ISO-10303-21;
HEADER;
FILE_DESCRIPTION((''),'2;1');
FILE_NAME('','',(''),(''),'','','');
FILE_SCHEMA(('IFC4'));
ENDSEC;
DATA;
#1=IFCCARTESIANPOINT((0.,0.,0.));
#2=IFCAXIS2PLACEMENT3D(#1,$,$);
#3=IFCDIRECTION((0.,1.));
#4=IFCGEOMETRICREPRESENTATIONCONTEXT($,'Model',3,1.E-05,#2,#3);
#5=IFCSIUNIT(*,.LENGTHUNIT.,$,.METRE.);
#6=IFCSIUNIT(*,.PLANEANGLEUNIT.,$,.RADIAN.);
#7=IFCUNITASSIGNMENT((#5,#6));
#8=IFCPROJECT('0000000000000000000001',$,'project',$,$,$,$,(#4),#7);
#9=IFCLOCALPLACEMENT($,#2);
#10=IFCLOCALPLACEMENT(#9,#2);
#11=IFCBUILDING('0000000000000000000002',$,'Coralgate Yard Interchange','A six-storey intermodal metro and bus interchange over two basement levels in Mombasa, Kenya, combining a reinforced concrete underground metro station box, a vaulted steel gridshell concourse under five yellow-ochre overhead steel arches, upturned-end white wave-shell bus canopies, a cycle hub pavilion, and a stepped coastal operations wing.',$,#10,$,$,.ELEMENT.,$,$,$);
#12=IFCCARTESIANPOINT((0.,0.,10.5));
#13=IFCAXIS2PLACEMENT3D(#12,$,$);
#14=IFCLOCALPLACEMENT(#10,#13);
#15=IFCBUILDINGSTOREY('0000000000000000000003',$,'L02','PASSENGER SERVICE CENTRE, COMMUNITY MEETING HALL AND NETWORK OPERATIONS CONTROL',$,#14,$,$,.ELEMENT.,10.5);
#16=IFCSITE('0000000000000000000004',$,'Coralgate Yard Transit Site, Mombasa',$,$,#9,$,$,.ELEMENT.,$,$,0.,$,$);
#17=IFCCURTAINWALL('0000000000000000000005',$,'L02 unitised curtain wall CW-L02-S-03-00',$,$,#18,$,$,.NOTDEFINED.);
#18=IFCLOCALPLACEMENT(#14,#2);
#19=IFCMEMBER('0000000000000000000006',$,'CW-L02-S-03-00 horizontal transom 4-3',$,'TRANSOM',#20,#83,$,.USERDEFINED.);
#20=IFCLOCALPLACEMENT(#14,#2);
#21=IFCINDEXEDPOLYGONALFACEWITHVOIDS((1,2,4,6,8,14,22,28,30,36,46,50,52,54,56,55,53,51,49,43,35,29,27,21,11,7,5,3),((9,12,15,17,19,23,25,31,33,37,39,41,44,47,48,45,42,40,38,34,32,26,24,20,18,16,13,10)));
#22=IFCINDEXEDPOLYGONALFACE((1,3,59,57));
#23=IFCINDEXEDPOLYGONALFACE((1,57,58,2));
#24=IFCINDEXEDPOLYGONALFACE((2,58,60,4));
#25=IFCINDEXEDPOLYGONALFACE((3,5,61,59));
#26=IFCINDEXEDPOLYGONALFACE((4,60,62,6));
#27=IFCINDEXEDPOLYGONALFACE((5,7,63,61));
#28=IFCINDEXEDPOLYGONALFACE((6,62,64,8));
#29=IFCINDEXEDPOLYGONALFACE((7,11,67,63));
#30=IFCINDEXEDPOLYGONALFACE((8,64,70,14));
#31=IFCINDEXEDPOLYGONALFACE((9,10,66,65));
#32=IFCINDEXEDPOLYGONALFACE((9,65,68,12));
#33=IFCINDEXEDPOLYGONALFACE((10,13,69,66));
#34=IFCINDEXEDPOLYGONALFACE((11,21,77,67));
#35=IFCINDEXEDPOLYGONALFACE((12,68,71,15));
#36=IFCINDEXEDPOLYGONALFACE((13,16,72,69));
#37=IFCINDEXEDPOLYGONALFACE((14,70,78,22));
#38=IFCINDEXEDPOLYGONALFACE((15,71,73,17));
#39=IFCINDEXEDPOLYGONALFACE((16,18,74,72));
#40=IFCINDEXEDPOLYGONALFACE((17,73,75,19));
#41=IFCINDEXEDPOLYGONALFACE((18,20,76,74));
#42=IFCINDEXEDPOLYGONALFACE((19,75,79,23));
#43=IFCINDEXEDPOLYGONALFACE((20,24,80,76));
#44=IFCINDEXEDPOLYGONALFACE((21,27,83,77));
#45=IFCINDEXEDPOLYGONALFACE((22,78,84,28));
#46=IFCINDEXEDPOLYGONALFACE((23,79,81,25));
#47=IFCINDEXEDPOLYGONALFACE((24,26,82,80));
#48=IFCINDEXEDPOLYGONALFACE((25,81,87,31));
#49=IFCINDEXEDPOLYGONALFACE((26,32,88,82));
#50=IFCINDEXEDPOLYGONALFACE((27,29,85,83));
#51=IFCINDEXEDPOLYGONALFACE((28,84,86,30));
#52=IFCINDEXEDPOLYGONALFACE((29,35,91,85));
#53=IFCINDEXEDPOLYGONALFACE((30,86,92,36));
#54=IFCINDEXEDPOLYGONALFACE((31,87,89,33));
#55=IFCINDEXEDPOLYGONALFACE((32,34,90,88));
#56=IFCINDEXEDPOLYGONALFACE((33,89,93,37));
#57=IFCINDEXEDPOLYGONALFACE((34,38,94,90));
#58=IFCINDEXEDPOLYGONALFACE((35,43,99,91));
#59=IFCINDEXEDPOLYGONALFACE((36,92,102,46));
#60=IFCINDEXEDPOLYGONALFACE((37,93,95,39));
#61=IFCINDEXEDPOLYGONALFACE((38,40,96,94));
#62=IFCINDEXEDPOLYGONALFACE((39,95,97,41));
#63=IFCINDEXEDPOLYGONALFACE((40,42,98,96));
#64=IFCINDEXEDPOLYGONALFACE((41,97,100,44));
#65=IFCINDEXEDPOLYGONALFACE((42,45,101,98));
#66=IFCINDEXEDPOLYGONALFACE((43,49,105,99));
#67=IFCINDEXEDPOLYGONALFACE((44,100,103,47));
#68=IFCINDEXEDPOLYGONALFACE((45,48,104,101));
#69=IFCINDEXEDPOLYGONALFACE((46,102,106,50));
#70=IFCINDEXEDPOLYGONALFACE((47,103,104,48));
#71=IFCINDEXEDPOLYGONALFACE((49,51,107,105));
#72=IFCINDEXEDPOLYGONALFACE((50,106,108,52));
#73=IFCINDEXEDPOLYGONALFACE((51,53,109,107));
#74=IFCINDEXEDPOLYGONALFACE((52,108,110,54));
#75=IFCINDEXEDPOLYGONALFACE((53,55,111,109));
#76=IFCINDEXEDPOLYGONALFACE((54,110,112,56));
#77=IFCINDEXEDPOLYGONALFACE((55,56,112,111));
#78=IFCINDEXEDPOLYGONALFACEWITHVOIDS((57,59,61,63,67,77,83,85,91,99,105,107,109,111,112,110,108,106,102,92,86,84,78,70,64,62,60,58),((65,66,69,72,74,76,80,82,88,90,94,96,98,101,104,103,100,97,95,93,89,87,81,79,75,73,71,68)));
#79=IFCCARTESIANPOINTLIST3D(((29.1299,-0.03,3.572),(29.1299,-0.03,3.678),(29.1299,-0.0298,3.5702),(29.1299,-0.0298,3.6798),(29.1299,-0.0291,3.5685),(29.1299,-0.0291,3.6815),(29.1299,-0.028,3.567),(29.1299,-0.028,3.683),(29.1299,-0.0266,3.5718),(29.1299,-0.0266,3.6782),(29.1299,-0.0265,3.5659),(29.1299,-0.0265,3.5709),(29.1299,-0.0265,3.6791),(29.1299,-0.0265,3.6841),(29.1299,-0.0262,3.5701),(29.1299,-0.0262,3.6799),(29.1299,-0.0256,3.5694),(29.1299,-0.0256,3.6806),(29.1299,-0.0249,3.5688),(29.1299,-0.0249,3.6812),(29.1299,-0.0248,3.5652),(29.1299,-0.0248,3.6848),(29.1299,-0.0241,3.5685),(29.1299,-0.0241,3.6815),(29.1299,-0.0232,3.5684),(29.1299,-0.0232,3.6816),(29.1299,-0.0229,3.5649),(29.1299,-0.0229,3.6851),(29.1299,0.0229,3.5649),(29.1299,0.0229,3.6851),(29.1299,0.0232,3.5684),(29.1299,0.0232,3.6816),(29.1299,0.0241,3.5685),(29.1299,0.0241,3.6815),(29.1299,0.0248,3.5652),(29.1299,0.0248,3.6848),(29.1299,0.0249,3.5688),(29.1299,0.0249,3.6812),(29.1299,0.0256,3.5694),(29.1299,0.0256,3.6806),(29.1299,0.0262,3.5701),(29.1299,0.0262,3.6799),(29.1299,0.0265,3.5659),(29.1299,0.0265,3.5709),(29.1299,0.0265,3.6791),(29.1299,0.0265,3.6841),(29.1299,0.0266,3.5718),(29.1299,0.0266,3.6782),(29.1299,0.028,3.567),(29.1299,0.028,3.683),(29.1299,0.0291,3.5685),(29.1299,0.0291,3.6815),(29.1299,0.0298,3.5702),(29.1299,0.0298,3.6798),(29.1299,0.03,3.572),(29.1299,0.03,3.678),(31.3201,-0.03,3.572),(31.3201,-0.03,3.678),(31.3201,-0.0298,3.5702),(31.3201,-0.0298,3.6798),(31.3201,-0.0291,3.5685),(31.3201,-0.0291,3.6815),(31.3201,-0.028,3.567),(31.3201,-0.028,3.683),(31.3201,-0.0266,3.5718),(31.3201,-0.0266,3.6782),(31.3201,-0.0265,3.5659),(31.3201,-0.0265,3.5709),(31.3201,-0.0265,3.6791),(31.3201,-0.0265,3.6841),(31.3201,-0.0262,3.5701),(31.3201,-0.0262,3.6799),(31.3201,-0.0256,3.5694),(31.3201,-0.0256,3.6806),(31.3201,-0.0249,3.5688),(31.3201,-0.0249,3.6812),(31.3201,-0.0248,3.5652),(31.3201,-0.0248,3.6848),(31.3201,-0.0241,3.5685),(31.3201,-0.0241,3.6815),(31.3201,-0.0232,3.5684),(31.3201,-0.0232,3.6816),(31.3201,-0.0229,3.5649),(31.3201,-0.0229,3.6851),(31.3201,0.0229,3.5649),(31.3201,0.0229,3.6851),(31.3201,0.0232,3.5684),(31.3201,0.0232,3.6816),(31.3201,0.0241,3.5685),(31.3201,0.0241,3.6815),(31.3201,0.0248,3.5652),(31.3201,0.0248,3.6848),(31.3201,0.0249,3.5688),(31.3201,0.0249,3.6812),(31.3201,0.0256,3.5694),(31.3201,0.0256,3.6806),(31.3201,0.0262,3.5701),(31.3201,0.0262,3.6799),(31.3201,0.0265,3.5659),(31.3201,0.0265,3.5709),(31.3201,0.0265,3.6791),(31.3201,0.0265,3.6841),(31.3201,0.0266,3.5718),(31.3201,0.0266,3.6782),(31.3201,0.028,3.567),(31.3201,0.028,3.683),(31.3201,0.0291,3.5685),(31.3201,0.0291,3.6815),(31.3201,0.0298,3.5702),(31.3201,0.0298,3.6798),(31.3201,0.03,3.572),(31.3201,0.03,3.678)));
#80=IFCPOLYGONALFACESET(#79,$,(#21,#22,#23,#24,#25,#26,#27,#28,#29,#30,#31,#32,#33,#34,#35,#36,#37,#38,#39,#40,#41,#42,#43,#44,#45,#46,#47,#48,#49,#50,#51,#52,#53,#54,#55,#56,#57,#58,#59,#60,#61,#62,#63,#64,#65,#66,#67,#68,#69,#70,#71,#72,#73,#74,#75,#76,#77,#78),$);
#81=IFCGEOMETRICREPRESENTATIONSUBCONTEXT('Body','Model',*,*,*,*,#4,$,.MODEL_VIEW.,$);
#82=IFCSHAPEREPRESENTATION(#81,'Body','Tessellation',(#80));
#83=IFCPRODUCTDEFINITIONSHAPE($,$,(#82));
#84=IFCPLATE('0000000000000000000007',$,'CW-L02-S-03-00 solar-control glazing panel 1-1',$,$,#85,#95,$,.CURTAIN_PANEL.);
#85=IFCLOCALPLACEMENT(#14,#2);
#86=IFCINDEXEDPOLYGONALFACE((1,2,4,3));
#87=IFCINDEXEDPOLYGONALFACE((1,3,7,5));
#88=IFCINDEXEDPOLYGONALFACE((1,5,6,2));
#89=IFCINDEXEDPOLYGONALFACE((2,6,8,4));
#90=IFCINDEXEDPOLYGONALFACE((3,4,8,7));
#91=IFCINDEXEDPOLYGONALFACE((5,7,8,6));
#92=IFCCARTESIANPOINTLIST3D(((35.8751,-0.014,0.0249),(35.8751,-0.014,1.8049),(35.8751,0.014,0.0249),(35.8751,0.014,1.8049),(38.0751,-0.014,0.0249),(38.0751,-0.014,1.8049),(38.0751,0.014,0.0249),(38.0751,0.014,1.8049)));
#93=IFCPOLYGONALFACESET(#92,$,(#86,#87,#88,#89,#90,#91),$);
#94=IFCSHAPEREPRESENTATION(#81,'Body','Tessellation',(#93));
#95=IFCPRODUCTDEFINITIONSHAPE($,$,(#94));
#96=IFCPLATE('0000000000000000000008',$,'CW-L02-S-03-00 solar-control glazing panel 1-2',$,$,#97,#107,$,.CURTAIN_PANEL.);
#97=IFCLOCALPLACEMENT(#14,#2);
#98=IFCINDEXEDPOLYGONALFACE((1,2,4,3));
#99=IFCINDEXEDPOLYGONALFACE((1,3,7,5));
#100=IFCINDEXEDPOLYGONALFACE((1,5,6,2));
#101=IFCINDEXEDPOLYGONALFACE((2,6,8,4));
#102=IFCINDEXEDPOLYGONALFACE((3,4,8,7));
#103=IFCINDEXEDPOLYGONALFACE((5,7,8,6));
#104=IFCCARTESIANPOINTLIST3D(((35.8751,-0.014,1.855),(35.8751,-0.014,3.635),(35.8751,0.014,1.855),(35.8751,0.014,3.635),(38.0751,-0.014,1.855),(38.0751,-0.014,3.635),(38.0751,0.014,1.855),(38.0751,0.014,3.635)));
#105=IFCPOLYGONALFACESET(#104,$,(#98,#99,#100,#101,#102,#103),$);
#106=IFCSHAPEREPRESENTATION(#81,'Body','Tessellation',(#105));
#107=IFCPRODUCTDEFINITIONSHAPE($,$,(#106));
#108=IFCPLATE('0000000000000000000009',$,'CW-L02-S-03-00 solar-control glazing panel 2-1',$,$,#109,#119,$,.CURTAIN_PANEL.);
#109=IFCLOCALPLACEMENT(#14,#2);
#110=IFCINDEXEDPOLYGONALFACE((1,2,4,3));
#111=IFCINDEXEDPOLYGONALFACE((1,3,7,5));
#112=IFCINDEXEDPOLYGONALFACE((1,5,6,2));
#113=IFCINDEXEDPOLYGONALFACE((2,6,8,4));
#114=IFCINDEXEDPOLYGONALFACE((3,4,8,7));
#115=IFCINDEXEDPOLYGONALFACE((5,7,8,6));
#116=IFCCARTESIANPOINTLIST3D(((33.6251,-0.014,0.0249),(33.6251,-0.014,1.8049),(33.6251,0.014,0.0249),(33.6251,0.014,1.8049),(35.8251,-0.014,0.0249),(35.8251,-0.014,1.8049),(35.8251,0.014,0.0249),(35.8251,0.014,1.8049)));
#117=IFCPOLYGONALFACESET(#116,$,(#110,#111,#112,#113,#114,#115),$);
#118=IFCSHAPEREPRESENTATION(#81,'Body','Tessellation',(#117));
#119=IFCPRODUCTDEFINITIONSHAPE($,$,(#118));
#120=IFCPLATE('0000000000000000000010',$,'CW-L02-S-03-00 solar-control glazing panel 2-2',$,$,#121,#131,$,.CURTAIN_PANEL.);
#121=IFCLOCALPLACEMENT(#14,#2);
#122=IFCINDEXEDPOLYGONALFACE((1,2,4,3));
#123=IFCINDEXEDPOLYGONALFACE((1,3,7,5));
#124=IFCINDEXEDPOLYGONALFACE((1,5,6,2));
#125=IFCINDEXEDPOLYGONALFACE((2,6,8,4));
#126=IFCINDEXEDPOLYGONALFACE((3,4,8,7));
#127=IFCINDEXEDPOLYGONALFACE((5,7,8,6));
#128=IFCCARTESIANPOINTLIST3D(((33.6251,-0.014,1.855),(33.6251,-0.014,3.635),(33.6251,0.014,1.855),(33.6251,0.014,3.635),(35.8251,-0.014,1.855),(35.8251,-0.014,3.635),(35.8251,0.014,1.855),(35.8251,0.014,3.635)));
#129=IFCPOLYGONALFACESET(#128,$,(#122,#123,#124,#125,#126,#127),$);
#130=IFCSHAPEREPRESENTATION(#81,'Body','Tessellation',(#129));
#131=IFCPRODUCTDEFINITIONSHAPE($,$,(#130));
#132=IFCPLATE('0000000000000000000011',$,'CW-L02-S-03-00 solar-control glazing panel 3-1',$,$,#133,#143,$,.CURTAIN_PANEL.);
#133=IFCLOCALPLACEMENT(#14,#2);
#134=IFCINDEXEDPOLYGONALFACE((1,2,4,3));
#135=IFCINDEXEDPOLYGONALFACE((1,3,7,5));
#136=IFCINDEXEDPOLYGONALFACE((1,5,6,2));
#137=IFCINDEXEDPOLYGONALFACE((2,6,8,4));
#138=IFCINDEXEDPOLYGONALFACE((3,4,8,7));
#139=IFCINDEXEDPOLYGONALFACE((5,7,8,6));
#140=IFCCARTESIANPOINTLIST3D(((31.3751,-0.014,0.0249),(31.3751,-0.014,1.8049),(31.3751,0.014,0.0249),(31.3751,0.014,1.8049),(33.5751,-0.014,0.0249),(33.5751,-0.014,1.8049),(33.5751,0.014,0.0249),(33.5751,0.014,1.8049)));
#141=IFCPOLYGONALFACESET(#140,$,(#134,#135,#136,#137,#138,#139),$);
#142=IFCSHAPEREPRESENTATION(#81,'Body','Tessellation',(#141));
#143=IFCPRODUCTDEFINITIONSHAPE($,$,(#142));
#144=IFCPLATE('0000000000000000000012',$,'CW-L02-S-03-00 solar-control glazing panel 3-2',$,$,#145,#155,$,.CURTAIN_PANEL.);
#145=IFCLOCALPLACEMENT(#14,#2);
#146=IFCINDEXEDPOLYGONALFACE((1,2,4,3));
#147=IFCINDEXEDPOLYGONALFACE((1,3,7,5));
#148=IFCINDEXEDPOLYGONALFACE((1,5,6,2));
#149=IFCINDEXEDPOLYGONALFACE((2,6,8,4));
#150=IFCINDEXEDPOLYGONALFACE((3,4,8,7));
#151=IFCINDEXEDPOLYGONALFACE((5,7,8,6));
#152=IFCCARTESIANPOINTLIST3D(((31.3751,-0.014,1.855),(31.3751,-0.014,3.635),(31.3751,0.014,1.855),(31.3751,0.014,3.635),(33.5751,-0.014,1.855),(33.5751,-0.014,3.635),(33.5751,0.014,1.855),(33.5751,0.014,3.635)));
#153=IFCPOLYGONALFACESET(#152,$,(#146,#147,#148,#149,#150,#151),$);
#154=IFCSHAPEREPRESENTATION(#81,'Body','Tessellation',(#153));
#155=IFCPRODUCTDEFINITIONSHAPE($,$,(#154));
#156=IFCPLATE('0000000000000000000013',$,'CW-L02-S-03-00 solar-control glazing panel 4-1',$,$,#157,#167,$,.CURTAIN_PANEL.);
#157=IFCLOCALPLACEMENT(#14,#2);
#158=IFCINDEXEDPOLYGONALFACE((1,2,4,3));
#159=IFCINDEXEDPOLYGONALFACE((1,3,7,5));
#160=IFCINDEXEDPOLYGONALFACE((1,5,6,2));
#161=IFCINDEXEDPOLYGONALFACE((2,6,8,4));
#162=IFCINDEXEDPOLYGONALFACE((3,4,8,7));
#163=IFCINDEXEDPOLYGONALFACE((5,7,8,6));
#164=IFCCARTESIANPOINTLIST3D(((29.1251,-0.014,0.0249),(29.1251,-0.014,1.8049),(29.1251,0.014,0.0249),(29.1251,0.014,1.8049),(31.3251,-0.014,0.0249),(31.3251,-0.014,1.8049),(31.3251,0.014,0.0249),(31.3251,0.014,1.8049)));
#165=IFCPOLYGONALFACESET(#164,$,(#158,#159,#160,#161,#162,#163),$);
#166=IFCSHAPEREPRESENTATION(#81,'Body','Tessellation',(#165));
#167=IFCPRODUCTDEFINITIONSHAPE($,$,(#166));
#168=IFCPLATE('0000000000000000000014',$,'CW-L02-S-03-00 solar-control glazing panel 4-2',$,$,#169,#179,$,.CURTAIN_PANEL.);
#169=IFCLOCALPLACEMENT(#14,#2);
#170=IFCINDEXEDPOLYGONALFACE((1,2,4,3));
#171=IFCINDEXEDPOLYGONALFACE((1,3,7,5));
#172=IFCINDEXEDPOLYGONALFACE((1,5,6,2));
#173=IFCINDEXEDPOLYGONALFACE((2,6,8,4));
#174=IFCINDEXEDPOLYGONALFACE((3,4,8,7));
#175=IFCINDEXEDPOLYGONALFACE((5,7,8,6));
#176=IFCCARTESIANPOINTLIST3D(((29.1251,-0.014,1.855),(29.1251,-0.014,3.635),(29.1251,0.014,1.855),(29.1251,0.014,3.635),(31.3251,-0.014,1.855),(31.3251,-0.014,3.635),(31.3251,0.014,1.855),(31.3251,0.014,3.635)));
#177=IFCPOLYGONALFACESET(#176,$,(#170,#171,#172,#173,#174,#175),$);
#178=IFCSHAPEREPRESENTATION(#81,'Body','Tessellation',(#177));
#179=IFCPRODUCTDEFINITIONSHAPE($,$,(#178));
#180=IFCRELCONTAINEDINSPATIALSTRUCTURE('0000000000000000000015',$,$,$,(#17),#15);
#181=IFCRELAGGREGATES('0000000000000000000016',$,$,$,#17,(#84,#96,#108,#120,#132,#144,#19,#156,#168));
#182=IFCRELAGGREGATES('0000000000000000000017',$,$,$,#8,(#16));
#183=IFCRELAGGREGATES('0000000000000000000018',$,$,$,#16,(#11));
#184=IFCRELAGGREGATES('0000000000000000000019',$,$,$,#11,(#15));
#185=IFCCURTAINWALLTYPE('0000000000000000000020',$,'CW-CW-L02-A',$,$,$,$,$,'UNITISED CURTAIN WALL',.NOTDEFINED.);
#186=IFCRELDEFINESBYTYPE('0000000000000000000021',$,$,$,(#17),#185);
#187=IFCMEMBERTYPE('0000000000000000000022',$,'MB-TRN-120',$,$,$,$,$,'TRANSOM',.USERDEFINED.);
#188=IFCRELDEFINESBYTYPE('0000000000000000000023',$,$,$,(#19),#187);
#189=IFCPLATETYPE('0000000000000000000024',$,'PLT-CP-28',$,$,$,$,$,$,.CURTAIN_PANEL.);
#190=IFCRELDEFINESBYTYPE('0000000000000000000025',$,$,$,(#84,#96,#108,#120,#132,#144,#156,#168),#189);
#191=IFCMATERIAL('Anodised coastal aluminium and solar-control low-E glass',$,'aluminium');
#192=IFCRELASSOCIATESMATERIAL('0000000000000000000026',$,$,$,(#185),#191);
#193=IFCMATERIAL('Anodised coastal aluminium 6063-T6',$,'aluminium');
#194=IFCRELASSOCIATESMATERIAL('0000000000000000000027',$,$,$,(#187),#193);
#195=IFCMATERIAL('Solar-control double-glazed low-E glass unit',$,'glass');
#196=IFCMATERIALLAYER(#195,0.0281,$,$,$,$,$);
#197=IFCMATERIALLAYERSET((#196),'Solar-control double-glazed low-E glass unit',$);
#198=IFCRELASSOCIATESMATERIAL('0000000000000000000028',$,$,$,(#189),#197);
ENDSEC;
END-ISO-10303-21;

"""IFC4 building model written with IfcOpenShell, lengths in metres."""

from ifc_helpers import new_model, si_unit, direction, frame, origin, origin_2d, place, context, subcontext, project, spatial, rectangle, hollow_rectangle, extrude, material, layer, layer_set, material_profile, profile_set, type_object, element, aggregate, save


model = new_model("IFC4")

# Units and contexts
model_context = context("Model", 3, precision=1e-05, world=origin(), true_north=direction((0.0, 1.0)))
body_context = subcontext(model_context, "Body", "Model", "MODEL_VIEW")
ifc_project = project(units=[si_unit("LENGTHUNIT", "METRE"), si_unit("PLANEANGLEUNIT", "RADIAN")], contexts=[model_context])

# Site, building, storey
site_placement = place(None, origin())
site = spatial("IfcSite", under=ifc_project, at=site_placement, Name="Coralgate Yard Transit Site, Mombasa", CompositionType="ELEMENT", RefElevation=0.0)
building_placement = place(site_placement, origin())
building = spatial("IfcBuilding", under=site, at=building_placement, Name="Coralgate Yard Interchange", Description="A six-storey intermodal metro and bus interchange over two basement levels in Mombasa, Kenya, combining a reinforced concrete underground metro station box, a vaulted steel gridshell concourse under five yellow-ochre overhead steel arches, upturned-end white wave-shell bus canopies, a cycle hub pavilion, and a stepped coastal operations wing.", CompositionType="ELEMENT")
storey_placement = place(building_placement, frame((0.0, 0.0, 10.5)))
storey = spatial("IfcBuildingStorey", under=building, at=storey_placement, Name="L02", Description="PASSENGER SERVICE CENTRE, COMMUNITY MEETING HALL AND NETWORK OPERATIONS CONTROL", CompositionType="ELEMENT", Elevation=10.5)

# Curtain wall, member, plates
ifc_material_1 = material(Name="Anodised coastal aluminium and solar-control low-E glass", Category="aluminium")
curtain_wall_type = type_object("IfcCurtainWallType", Name="CW-CW-L02-A", ElementType="UNITISED CURTAIN WALL", PredefinedType="NOTDEFINED", material=ifc_material_1)
curtain_wall_placement = place(storey_placement, origin())
curtain_wall = element("IfcCurtainWall", 1, at=curtain_wall_placement, inside=storey, type_object=curtain_wall_type, Name="L02 unitised curtain wall CW-L02-S-03-00", PredefinedType="NOTDEFINED")
ifc_material_2 = material(Name="Anodised coastal aluminium 6063-T6", Category="aluminium")
ifc_material_profile_1 = material_profile(ifc_material_2, hollow_rectangle(XDim=0.0601, YDim=0.1201, WallThickness=0.0034, InnerFilletRadius=0.0034, OuterFilletRadius=0.0071, at=origin_2d()), Name="ALU 60x120x3.5")
ifc_profile_set_1 = profile_set([ifc_material_profile_1], Name="Anodised coastal aluminium 6063-T6")
member_type_1 = type_object("IfcMemberType", Name="MB-TRN-120", ElementType="TRANSOM", PredefinedType="USERDEFINED", material=ifc_profile_set_1)
member_1_placement = place(storey_placement, frame((31.3201, 0.0, 3.625), z_axis=(-1.0, 0.0, 0.0), x_axis=(0.0, -1.0, 0.0)))
member_1 = element("IfcMember", 2, at=member_1_placement, type_object=member_type_1, Name="CW-L02-S-03-00 horizontal transom 4-3", ObjectType="TRANSOM", PredefinedType="USERDEFINED", context=body_context, shape_type="SweptSolid", body=[
    extrude(hollow_rectangle(XDim=0.0601, YDim=0.1201, WallThickness=0.0034, InnerFilletRadius=0.0034, OuterFilletRadius=0.0071, at=origin_2d()), origin(), (0.0, 0.0, 1.0), 2.1902),
])
ifc_material_3 = material(Name="Solar-control double-glazed low-E glass unit", Category="glass")
ifc_layer_1 = layer(ifc_material_3, 0.0281)
ifc_layer_set_1 = layer_set([ifc_layer_1], Name="Solar-control double-glazed low-E glass unit")
plate_type = type_object("IfcPlateType", Name="PLT-CP-28", PredefinedType="CURTAIN_PANEL", material=ifc_layer_set_1)
plate_1_placement = place(storey_placement, frame((36.9751, 0.0, 0.0249), z_axis=(0.0, 0.0, 1.0), x_axis=(-1.0, 0.0, 0.0)))
plate_1 = element("IfcPlate", 3, at=plate_1_placement, type_object=plate_type, Name="CW-L02-S-03-00 solar-control glazing panel 1-1", PredefinedType="CURTAIN_PANEL", context=body_context, shape_type="SweptSolid", body=[
    extrude(rectangle(XDim=2.2, YDim=0.0281, at=origin_2d()), origin(), (0.0, 0.0, 1.0), 1.78),
])
plate_2_placement = place(storey_placement, frame((36.9751, 0.0, 1.855), z_axis=(0.0, 0.0, 1.0), x_axis=(-1.0, 0.0, 0.0)))
plate_2 = element("IfcPlate", 4, at=plate_2_placement, type_object=plate_type, Name="CW-L02-S-03-00 solar-control glazing panel 1-2", PredefinedType="CURTAIN_PANEL", context=body_context, shape_type="SweptSolid", body=[
    extrude(rectangle(XDim=2.2, YDim=0.0281, at=origin_2d()), origin(), (0.0, 0.0, 1.0), 1.78),
])
plate_3_placement = place(storey_placement, frame((34.7251, 0.0, 0.0249), z_axis=(0.0, 0.0, 1.0), x_axis=(-1.0, 0.0, 0.0)))
plate_3 = element("IfcPlate", 5, at=plate_3_placement, type_object=plate_type, Name="CW-L02-S-03-00 solar-control glazing panel 2-1", PredefinedType="CURTAIN_PANEL", context=body_context, shape_type="SweptSolid", body=[
    extrude(rectangle(XDim=2.2, YDim=0.0281, at=origin_2d()), origin(), (0.0, 0.0, 1.0), 1.78),
])
plate_4_placement = place(storey_placement, frame((34.7251, 0.0, 1.855), z_axis=(0.0, 0.0, 1.0), x_axis=(-1.0, 0.0, 0.0)))
plate_4 = element("IfcPlate", 6, at=plate_4_placement, type_object=plate_type, Name="CW-L02-S-03-00 solar-control glazing panel 2-2", PredefinedType="CURTAIN_PANEL", context=body_context, shape_type="SweptSolid", body=[
    extrude(rectangle(XDim=2.2, YDim=0.0281, at=origin_2d()), origin(), (0.0, 0.0, 1.0), 1.78),
])
plate_5_placement = place(storey_placement, frame((32.4751, 0.0, 0.0249), z_axis=(0.0, 0.0, 1.0), x_axis=(-1.0, 0.0, 0.0)))
plate_5 = element("IfcPlate", 7, at=plate_5_placement, type_object=plate_type, Name="CW-L02-S-03-00 solar-control glazing panel 3-1", PredefinedType="CURTAIN_PANEL", context=body_context, shape_type="SweptSolid", body=[
    extrude(rectangle(XDim=2.2, YDim=0.0281, at=origin_2d()), origin(), (0.0, 0.0, 1.0), 1.78),
])
plate_6_placement = place(storey_placement, frame((32.4751, 0.0, 1.855), z_axis=(0.0, 0.0, 1.0), x_axis=(-1.0, 0.0, 0.0)))
plate_6 = element("IfcPlate", 8, at=plate_6_placement, type_object=plate_type, Name="CW-L02-S-03-00 solar-control glazing panel 3-2", PredefinedType="CURTAIN_PANEL", context=body_context, shape_type="SweptSolid", body=[
    extrude(rectangle(XDim=2.2, YDim=0.0281, at=origin_2d()), origin(), (0.0, 0.0, 1.0), 1.78),
])
plate_7_placement = place(storey_placement, frame((30.2251, 0.0, 0.0249), z_axis=(0.0, 0.0, 1.0), x_axis=(-1.0, 0.0, 0.0)))
plate_7 = element("IfcPlate", 9, at=plate_7_placement, type_object=plate_type, Name="CW-L02-S-03-00 solar-control glazing panel 4-1", PredefinedType="CURTAIN_PANEL", context=body_context, shape_type="SweptSolid", body=[
    extrude(rectangle(XDim=2.2, YDim=0.0281, at=origin_2d()), origin(), (0.0, 0.0, 1.0), 1.78),
])
plate_8_placement = place(storey_placement, frame((30.2251, 0.0, 1.855), z_axis=(0.0, 0.0, 1.0), x_axis=(-1.0, 0.0, 0.0)))
plate_8 = element("IfcPlate", 10, at=plate_8_placement, type_object=plate_type, Name="CW-L02-S-03-00 solar-control glazing panel 4-2", PredefinedType="CURTAIN_PANEL", context=body_context, shape_type="SweptSolid", body=[
    extrude(rectangle(XDim=2.2, YDim=0.0281, at=origin_2d()), origin(), (0.0, 0.0, 1.0), 1.78),
])
aggregate(curtain_wall, [plate_1, plate_2, plate_3, plate_4, plate_5, plate_6, member_1, plate_7, plate_8])

save(model, "model.ifc")
